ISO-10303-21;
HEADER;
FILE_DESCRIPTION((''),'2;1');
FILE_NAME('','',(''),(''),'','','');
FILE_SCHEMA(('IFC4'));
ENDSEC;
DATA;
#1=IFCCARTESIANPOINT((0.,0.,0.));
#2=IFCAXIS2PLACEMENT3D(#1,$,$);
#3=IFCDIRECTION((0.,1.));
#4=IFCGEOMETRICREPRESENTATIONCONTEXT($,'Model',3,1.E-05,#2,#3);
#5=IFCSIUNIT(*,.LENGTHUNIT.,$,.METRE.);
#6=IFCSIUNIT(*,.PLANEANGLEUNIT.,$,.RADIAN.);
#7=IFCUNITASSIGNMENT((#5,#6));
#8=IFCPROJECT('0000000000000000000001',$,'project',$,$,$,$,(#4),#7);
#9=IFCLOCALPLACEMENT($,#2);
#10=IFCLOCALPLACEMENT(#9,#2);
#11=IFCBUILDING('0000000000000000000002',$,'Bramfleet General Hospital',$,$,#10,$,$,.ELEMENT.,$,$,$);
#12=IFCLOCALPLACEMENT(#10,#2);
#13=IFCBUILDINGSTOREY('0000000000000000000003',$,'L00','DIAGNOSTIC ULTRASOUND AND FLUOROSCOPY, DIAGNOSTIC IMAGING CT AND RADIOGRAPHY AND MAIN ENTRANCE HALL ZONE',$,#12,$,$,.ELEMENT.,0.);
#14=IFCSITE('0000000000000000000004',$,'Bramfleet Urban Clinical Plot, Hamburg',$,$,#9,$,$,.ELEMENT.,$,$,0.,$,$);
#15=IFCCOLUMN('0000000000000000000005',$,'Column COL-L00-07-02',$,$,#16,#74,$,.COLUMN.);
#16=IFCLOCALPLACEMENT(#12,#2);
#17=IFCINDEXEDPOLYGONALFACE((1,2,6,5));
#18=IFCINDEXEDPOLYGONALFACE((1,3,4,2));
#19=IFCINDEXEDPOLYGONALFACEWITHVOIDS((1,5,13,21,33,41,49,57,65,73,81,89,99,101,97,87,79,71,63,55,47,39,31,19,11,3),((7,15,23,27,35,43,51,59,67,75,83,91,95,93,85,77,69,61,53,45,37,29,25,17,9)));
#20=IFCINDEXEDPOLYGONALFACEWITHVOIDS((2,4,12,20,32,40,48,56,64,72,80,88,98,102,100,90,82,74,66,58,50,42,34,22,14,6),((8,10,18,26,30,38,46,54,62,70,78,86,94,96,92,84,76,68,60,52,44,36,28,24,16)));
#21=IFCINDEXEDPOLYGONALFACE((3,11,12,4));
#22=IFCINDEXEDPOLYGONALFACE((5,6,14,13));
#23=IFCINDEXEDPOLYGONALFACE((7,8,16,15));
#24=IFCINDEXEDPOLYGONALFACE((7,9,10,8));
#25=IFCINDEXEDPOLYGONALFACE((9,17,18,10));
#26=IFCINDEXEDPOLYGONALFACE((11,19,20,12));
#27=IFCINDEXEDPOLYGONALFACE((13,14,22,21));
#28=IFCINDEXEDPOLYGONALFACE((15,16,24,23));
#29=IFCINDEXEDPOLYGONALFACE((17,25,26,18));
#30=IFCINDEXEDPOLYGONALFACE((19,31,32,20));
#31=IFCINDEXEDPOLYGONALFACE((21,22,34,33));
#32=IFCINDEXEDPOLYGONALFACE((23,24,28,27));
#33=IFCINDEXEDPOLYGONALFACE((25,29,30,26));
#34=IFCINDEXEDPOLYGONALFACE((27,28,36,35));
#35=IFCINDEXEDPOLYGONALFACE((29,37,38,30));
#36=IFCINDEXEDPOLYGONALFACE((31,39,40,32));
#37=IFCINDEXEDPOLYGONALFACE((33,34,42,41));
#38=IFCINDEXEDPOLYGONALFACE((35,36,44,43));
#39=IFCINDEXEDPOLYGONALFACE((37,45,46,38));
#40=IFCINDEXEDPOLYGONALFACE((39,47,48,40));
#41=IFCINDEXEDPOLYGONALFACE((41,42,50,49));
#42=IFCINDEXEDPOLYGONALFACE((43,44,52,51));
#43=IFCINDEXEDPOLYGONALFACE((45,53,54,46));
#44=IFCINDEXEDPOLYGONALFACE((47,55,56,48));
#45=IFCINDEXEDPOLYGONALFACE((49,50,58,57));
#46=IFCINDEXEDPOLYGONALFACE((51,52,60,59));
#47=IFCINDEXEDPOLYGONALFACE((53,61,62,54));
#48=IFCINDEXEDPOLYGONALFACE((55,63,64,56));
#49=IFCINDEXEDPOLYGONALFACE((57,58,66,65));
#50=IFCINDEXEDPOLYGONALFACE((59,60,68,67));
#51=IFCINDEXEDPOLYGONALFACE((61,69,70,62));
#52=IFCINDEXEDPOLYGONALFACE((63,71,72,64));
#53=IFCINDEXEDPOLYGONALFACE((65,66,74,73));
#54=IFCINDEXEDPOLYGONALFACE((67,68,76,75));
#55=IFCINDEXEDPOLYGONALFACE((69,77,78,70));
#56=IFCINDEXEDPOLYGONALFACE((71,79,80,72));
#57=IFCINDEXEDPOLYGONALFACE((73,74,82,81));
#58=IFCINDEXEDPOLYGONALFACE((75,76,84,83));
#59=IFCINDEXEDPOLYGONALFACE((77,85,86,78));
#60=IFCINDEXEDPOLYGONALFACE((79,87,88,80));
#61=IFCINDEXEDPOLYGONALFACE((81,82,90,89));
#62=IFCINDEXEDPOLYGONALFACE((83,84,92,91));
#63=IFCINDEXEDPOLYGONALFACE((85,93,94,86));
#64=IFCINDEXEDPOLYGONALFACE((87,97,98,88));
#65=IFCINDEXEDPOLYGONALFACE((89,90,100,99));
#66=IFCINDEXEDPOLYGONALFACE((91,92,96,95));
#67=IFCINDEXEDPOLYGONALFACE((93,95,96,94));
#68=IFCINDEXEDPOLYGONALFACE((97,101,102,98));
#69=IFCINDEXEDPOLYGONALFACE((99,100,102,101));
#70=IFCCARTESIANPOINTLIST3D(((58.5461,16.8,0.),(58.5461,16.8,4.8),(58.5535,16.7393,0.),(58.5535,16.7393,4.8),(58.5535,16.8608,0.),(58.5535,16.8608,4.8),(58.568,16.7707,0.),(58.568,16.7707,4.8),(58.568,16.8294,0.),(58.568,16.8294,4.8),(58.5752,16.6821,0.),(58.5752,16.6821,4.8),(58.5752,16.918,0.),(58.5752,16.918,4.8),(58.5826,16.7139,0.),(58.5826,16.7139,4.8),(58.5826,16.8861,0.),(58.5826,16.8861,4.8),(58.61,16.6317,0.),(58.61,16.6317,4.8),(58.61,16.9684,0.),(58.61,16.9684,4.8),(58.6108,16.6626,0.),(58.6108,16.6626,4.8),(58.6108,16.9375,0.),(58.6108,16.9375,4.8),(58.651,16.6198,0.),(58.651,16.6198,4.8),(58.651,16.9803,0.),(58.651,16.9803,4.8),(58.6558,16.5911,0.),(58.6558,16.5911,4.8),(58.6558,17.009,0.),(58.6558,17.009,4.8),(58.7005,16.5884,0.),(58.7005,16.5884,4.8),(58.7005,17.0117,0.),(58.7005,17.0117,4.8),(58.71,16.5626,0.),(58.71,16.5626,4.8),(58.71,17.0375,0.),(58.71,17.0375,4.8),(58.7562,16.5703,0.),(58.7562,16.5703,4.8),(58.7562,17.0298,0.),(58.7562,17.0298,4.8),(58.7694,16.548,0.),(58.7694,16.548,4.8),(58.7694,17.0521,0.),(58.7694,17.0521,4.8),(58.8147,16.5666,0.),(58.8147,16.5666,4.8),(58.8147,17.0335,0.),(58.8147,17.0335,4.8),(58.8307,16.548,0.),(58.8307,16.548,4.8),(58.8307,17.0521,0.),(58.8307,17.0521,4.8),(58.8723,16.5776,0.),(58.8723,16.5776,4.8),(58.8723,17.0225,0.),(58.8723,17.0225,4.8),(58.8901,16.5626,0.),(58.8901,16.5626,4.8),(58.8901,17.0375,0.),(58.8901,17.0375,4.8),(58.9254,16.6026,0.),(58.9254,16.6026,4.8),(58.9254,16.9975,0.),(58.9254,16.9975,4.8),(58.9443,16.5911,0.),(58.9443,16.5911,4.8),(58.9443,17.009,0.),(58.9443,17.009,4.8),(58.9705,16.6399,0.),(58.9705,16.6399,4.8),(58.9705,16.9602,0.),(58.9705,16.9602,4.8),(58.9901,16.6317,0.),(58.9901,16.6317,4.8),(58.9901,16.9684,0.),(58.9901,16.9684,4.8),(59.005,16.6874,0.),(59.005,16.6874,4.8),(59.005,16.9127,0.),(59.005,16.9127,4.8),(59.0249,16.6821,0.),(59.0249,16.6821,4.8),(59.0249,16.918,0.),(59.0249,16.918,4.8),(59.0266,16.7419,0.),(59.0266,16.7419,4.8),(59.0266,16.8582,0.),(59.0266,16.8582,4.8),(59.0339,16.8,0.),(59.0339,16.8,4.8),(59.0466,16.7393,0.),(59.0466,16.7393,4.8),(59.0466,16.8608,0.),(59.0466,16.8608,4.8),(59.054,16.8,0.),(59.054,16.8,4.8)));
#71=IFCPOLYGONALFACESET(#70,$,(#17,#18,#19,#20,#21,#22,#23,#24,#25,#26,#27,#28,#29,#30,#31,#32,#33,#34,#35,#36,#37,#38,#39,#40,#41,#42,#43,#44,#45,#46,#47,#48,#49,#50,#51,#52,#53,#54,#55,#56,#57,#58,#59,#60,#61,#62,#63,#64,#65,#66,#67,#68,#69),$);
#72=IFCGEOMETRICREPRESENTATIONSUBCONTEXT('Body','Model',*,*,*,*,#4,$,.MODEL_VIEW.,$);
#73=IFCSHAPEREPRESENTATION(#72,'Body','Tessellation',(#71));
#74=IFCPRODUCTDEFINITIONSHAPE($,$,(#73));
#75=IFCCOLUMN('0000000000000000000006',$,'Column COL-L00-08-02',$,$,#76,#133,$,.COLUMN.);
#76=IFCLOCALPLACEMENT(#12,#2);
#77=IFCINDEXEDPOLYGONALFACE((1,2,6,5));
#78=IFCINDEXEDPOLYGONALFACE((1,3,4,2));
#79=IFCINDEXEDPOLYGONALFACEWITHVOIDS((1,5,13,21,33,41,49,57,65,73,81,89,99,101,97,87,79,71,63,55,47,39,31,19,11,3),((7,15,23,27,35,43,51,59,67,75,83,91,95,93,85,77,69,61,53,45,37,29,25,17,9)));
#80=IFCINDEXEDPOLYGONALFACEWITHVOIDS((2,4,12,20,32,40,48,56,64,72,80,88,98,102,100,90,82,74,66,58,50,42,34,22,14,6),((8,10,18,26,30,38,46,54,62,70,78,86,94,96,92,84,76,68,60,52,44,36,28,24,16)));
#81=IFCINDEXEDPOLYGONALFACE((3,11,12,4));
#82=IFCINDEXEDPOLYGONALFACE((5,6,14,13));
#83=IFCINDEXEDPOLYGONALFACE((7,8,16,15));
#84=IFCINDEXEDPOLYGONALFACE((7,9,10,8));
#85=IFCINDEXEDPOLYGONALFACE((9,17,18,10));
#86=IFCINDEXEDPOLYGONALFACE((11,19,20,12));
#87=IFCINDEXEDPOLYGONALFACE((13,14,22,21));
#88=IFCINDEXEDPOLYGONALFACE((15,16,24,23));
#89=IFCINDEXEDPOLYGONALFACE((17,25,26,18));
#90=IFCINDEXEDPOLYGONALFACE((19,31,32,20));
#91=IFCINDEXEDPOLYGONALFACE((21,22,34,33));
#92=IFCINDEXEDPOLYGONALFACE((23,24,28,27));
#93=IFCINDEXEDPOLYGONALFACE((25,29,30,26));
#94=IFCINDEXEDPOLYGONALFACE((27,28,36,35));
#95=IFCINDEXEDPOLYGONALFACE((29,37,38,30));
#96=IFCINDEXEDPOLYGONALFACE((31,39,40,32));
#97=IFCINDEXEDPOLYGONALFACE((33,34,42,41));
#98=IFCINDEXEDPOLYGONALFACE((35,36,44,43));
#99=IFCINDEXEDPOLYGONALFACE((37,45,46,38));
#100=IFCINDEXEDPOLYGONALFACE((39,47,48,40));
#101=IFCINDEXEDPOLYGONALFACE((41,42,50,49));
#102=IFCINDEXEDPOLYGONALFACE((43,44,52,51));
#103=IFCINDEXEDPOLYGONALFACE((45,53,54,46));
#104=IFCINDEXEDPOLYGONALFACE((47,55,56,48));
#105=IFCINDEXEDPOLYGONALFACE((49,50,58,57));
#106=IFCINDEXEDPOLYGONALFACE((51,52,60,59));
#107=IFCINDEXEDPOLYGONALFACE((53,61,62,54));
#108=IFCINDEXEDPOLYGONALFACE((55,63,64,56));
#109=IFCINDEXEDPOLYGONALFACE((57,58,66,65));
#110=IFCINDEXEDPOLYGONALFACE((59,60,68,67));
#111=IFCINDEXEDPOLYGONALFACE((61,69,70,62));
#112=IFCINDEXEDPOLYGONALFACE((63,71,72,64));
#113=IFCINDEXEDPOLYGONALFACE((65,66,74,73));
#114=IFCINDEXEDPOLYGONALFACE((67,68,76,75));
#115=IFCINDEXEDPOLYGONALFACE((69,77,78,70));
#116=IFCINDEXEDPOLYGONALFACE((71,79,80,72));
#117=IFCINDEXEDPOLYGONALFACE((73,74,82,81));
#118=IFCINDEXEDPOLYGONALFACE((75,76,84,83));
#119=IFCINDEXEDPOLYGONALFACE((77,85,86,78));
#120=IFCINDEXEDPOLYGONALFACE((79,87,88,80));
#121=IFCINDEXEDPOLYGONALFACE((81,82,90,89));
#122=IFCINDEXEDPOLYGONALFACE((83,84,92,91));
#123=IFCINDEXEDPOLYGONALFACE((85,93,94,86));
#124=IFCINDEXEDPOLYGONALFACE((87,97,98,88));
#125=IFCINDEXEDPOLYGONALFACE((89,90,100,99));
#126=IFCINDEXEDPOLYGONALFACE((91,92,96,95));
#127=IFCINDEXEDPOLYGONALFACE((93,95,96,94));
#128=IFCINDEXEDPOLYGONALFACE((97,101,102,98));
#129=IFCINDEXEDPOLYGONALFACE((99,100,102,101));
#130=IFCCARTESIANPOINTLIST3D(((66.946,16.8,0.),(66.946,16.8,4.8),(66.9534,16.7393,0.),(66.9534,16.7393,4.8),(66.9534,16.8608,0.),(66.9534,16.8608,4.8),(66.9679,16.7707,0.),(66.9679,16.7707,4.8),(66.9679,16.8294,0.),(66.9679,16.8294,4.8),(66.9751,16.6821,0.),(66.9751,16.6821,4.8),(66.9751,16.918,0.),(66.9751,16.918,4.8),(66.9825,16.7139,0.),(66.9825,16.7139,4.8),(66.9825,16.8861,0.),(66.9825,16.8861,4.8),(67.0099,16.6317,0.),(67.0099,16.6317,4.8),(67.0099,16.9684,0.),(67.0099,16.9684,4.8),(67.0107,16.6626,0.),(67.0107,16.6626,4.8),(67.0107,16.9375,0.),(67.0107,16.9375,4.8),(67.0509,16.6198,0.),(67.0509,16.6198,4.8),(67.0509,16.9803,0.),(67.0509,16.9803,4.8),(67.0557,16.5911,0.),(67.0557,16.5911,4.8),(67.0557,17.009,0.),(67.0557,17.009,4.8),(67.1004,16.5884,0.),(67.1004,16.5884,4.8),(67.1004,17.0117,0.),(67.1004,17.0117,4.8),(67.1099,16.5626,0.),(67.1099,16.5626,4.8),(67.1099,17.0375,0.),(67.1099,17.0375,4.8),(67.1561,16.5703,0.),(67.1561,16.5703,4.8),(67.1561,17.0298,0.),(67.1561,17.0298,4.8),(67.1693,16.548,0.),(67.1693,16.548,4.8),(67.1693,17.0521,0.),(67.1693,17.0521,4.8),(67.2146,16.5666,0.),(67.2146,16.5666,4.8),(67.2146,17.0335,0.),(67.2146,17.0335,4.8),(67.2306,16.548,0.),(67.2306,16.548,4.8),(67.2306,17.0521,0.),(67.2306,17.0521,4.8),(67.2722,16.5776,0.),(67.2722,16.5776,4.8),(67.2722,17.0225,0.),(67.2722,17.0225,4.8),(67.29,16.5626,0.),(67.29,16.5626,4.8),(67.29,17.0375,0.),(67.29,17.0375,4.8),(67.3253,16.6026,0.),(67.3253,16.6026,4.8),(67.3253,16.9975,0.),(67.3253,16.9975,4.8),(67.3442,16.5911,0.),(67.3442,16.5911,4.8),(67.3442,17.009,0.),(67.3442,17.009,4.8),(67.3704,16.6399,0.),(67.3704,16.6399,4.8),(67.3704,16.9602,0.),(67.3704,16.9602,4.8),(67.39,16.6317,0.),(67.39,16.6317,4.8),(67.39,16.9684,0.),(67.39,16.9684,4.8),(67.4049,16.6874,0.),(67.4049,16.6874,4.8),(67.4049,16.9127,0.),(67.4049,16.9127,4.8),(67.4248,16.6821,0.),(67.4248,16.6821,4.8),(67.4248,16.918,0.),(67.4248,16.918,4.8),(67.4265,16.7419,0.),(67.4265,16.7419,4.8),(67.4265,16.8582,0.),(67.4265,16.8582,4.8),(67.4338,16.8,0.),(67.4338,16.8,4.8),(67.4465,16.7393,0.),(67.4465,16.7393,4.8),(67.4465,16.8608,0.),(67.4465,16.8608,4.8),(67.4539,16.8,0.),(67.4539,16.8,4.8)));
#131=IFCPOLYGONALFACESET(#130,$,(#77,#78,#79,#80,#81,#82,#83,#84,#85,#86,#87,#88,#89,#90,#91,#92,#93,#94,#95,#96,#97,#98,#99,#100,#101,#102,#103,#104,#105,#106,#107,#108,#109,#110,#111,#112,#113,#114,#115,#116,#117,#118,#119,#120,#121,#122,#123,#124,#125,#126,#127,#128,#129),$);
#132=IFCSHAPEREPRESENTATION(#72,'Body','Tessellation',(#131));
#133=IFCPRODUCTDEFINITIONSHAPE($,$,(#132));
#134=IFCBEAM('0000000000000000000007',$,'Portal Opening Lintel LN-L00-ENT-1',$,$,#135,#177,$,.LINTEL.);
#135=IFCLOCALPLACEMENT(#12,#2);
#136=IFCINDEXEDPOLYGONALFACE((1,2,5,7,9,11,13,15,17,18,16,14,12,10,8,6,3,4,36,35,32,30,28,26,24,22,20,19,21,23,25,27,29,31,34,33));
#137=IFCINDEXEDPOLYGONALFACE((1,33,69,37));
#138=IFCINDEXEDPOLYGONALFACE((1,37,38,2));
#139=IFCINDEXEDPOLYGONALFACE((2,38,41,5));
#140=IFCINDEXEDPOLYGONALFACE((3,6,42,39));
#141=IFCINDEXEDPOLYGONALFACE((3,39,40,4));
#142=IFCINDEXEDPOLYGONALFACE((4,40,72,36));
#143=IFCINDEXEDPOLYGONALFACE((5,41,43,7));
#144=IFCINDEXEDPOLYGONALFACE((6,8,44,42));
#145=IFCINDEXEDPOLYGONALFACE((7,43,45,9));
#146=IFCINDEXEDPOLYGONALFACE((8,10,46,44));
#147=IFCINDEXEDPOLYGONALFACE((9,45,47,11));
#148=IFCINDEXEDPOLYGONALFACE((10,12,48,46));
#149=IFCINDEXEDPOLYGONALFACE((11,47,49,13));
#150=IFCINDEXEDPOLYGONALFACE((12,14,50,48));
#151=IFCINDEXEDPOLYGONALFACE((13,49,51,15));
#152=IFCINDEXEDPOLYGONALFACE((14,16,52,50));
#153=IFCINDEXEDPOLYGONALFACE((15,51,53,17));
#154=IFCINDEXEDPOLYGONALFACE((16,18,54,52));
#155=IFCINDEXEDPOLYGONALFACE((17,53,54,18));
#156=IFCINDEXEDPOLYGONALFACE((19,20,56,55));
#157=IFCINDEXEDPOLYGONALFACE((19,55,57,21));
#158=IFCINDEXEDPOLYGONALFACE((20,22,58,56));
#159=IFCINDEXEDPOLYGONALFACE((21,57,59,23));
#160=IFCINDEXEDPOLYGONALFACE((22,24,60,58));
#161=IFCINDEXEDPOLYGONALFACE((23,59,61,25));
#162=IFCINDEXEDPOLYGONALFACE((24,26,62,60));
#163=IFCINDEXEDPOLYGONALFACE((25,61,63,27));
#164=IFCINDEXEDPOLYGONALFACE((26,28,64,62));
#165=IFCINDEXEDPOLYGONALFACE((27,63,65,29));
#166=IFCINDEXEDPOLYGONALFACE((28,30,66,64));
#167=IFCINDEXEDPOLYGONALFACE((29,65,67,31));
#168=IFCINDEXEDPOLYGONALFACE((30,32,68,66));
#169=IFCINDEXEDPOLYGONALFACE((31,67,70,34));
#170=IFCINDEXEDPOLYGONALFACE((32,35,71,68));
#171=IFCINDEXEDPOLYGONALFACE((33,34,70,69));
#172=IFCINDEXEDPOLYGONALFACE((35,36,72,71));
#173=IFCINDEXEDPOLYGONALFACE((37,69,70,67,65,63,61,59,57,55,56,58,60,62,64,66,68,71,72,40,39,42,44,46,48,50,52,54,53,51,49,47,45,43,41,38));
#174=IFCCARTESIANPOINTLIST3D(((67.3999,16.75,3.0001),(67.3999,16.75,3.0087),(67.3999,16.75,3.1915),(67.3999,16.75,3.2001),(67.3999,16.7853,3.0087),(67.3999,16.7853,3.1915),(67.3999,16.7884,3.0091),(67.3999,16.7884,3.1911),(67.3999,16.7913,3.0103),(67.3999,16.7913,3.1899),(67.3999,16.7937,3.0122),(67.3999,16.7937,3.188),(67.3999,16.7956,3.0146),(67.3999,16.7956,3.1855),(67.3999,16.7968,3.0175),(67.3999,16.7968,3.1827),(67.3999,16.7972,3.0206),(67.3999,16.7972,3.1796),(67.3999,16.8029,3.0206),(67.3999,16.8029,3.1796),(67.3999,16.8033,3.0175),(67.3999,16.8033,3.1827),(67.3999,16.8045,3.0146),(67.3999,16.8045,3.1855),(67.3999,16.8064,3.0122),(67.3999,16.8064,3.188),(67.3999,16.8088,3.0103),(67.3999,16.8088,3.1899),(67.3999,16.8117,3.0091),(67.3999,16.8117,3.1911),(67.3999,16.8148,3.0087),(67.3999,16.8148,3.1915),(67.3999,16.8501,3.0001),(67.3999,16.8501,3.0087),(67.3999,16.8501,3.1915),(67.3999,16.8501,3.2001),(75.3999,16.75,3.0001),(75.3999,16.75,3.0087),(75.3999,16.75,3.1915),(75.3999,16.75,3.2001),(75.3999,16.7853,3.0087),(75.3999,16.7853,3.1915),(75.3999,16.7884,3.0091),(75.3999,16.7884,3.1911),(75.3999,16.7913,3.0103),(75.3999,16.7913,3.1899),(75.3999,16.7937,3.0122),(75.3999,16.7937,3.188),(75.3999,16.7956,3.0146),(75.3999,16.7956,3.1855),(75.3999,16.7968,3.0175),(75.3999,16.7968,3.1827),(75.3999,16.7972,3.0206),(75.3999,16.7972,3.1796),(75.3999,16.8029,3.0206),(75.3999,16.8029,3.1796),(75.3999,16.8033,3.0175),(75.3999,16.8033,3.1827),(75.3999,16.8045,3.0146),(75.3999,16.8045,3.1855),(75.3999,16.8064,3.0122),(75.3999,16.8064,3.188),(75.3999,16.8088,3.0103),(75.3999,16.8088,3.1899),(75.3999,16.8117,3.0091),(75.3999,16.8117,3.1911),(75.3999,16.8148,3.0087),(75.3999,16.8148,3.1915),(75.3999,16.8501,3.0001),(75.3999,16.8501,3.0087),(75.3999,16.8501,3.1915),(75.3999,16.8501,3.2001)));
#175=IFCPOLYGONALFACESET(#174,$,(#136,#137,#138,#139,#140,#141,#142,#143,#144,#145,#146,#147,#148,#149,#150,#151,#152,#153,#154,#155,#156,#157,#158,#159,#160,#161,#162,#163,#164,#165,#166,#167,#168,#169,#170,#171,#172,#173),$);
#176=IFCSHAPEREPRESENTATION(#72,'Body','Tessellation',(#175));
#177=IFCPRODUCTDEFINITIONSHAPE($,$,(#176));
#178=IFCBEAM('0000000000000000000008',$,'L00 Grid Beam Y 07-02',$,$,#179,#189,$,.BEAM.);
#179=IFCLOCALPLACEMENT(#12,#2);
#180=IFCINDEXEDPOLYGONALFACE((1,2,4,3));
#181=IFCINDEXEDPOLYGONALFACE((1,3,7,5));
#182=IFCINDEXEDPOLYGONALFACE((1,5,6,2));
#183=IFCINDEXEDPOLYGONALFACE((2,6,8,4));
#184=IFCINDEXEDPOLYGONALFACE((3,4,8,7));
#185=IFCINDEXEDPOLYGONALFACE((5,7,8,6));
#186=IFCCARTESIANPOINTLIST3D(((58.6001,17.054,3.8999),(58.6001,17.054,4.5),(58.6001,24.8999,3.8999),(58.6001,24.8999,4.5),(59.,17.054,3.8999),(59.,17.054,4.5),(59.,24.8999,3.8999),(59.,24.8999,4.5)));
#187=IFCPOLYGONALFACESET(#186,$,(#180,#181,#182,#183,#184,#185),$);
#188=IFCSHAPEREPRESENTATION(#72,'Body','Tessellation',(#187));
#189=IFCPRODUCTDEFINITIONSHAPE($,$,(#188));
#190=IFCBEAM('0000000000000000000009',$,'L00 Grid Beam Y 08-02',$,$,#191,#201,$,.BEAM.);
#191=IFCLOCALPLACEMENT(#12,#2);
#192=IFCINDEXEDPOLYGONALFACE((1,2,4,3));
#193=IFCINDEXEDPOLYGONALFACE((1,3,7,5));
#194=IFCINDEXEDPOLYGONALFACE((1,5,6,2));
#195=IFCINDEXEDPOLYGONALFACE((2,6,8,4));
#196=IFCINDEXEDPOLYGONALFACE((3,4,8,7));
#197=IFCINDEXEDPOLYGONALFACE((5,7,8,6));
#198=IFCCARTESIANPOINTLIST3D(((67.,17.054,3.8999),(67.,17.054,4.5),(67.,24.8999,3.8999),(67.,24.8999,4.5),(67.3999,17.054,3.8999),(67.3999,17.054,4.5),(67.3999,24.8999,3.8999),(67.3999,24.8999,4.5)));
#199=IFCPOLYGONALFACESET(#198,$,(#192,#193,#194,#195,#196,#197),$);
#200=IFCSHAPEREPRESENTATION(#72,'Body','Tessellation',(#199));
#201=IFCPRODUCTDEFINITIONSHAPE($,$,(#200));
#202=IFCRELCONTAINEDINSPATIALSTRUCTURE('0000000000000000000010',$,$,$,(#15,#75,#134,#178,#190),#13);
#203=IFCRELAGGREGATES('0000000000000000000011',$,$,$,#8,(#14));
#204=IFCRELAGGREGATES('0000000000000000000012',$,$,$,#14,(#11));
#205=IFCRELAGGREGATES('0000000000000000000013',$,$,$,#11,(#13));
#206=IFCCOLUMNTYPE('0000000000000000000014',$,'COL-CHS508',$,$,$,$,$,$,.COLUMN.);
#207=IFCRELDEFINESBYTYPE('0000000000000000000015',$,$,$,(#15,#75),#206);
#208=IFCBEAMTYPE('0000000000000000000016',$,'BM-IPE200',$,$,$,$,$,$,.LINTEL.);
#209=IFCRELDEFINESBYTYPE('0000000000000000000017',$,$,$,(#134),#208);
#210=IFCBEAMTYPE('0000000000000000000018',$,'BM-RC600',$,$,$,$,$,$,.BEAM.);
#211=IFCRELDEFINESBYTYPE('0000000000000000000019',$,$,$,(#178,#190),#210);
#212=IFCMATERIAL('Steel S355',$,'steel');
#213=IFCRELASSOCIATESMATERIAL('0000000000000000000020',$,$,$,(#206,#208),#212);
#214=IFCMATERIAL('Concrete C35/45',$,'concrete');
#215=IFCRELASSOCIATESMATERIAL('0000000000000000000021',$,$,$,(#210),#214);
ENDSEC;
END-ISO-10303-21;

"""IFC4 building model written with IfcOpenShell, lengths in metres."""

from ifc_helpers import new_model, si_unit, direction, frame, origin, origin_2d, place, context, subcontext, project, spatial, rectangle, hollow_circle, i_section, extrude, material, material_profile, profile_set, type_object, element, save


model = new_model("IFC4")

# Units and contexts
model_context = context("Model", 3, precision=1e-05, world=origin(), true_north=direction((0.0, 1.0)))
body_context = subcontext(model_context, "Body", "Model", "MODEL_VIEW")
ifc_project = project(units=[si_unit("LENGTHUNIT", "METRE"), si_unit("PLANEANGLEUNIT", "RADIAN")], contexts=[model_context])

# Site, building, storey
site_placement = place(None, origin())
site = spatial("IfcSite", under=ifc_project, at=site_placement, Name="Bramfleet Urban Clinical Plot, Hamburg", CompositionType="ELEMENT", RefElevation=0.0)
building_placement = place(site_placement, origin())
building = spatial("IfcBuilding", under=site, at=building_placement, Name="Bramfleet General Hospital", CompositionType="ELEMENT")
storey_placement = place(building_placement, origin())
storey = spatial("IfcBuildingStorey", under=building, at=storey_placement, Name="L00", Description="DIAGNOSTIC ULTRASOUND AND FLUOROSCOPY, DIAGNOSTIC IMAGING CT AND RADIOGRAPHY AND MAIN ENTRANCE HALL ZONE", CompositionType="ELEMENT", Elevation=0.0)

# Columns
ifc_material_1 = material(Name="Steel S355", Category="steel")
ifc_material_profile_1 = material_profile(ifc_material_1, hollow_circle(Radius=0.2539, WallThickness=0.02, at=origin_2d()), Name="CHS 508.0x20.0")
ifc_profile_set_1 = profile_set([ifc_material_profile_1], Name="Steel S355")
column_type = type_object("IfcColumnType", Name="COL-CHS508", PredefinedType="COLUMN", material=ifc_profile_set_1)
for number, where, z_axis, x_axis, name in (
    (1, (58.8, 16.8, 0.0), (0.0, 0.0, 1.0), (1.0, 0.0, 0.0), "Column COL-L00-07-02"),
    (2, (67.2, 16.8, 0.0), (0.0, 0.0, 1.0), (1.0, 0.0, 0.0), "Column COL-L00-08-02"),
):
    element("IfcColumn", number, at=place(storey_placement, frame(where, z_axis=z_axis, x_axis=x_axis)), inside=storey, type_object=column_type, Name=name, PredefinedType="COLUMN", context=body_context, shape_type="SweptSolid", body=[
        extrude(hollow_circle(Radius=0.2539, WallThickness=0.02, at=origin_2d()), origin(), (0.0, 0.0, 1.0), 4.8),
    ])

# Beams
ifc_material_profile_2 = material_profile(ifc_material_1, i_section(OverallWidth=0.1001, OverallDepth=0.2, WebThickness=0.0056, FlangeThickness=0.0085, FilletRadius=0.012, at=origin_2d()), Name="IPE 200")
ifc_profile_set_2 = profile_set([ifc_material_profile_2], Name="Steel S355")
beam_type_1 = type_object("IfcBeamType", Name="BM-IPE200", PredefinedType="LINTEL", material=ifc_profile_set_2)
beam_1_placement = place(storey_placement, frame((67.3999, 16.8, 3.1001), z_axis=(1.0, 0.0, 0.0), x_axis=(0.0, 1.0, 0.0)))
element("IfcBeam", 3, at=beam_1_placement, inside=storey, type_object=beam_type_1, Name="Portal Opening Lintel LN-L00-ENT-1", PredefinedType="LINTEL", context=body_context, shape_type="SweptSolid", body=[
    extrude(i_section(OverallWidth=0.1001, OverallDepth=0.2, WebThickness=0.0056, FlangeThickness=0.0085, FilletRadius=0.012, at=origin_2d()), origin(), (0.0, 0.0, 1.0), 8.0),
])
ifc_material_2 = material(Name="Concrete C35/45", Category="concrete")
ifc_material_profile_3 = material_profile(ifc_material_2, rectangle(XDim=0.3999, YDim=0.6001, at=origin_2d()), Name="RC BM 600x400")
ifc_profile_set_3 = profile_set([ifc_material_profile_3], Name="Concrete C35/45")
beam_type_2 = type_object("IfcBeamType", Name="BM-RC600", PredefinedType="BEAM", material=ifc_profile_set_3)
for number, where, z_axis, x_axis, name in (
    (4, (58.8, 17.054, 4.2), (0.0, 1.0, 0.0), (-1.0, 0.0, 0.0), "L00 Grid Beam Y 07-02"),
    (5, (67.2, 17.054, 4.2), (0.0, 1.0, 0.0), (-1.0, 0.0, 0.0), "L00 Grid Beam Y 08-02"),
):
    element("IfcBeam", number, at=place(storey_placement, frame(where, z_axis=z_axis, x_axis=x_axis)), inside=storey, type_object=beam_type_2, Name=name, PredefinedType="BEAM", context=body_context, shape_type="SweptSolid", body=[
        extrude(rectangle(XDim=0.3999, YDim=0.6001, at=origin_2d()), origin(), (0.0, 0.0, 1.0), 7.8459),
    ])

save(model, "model.ifc")
